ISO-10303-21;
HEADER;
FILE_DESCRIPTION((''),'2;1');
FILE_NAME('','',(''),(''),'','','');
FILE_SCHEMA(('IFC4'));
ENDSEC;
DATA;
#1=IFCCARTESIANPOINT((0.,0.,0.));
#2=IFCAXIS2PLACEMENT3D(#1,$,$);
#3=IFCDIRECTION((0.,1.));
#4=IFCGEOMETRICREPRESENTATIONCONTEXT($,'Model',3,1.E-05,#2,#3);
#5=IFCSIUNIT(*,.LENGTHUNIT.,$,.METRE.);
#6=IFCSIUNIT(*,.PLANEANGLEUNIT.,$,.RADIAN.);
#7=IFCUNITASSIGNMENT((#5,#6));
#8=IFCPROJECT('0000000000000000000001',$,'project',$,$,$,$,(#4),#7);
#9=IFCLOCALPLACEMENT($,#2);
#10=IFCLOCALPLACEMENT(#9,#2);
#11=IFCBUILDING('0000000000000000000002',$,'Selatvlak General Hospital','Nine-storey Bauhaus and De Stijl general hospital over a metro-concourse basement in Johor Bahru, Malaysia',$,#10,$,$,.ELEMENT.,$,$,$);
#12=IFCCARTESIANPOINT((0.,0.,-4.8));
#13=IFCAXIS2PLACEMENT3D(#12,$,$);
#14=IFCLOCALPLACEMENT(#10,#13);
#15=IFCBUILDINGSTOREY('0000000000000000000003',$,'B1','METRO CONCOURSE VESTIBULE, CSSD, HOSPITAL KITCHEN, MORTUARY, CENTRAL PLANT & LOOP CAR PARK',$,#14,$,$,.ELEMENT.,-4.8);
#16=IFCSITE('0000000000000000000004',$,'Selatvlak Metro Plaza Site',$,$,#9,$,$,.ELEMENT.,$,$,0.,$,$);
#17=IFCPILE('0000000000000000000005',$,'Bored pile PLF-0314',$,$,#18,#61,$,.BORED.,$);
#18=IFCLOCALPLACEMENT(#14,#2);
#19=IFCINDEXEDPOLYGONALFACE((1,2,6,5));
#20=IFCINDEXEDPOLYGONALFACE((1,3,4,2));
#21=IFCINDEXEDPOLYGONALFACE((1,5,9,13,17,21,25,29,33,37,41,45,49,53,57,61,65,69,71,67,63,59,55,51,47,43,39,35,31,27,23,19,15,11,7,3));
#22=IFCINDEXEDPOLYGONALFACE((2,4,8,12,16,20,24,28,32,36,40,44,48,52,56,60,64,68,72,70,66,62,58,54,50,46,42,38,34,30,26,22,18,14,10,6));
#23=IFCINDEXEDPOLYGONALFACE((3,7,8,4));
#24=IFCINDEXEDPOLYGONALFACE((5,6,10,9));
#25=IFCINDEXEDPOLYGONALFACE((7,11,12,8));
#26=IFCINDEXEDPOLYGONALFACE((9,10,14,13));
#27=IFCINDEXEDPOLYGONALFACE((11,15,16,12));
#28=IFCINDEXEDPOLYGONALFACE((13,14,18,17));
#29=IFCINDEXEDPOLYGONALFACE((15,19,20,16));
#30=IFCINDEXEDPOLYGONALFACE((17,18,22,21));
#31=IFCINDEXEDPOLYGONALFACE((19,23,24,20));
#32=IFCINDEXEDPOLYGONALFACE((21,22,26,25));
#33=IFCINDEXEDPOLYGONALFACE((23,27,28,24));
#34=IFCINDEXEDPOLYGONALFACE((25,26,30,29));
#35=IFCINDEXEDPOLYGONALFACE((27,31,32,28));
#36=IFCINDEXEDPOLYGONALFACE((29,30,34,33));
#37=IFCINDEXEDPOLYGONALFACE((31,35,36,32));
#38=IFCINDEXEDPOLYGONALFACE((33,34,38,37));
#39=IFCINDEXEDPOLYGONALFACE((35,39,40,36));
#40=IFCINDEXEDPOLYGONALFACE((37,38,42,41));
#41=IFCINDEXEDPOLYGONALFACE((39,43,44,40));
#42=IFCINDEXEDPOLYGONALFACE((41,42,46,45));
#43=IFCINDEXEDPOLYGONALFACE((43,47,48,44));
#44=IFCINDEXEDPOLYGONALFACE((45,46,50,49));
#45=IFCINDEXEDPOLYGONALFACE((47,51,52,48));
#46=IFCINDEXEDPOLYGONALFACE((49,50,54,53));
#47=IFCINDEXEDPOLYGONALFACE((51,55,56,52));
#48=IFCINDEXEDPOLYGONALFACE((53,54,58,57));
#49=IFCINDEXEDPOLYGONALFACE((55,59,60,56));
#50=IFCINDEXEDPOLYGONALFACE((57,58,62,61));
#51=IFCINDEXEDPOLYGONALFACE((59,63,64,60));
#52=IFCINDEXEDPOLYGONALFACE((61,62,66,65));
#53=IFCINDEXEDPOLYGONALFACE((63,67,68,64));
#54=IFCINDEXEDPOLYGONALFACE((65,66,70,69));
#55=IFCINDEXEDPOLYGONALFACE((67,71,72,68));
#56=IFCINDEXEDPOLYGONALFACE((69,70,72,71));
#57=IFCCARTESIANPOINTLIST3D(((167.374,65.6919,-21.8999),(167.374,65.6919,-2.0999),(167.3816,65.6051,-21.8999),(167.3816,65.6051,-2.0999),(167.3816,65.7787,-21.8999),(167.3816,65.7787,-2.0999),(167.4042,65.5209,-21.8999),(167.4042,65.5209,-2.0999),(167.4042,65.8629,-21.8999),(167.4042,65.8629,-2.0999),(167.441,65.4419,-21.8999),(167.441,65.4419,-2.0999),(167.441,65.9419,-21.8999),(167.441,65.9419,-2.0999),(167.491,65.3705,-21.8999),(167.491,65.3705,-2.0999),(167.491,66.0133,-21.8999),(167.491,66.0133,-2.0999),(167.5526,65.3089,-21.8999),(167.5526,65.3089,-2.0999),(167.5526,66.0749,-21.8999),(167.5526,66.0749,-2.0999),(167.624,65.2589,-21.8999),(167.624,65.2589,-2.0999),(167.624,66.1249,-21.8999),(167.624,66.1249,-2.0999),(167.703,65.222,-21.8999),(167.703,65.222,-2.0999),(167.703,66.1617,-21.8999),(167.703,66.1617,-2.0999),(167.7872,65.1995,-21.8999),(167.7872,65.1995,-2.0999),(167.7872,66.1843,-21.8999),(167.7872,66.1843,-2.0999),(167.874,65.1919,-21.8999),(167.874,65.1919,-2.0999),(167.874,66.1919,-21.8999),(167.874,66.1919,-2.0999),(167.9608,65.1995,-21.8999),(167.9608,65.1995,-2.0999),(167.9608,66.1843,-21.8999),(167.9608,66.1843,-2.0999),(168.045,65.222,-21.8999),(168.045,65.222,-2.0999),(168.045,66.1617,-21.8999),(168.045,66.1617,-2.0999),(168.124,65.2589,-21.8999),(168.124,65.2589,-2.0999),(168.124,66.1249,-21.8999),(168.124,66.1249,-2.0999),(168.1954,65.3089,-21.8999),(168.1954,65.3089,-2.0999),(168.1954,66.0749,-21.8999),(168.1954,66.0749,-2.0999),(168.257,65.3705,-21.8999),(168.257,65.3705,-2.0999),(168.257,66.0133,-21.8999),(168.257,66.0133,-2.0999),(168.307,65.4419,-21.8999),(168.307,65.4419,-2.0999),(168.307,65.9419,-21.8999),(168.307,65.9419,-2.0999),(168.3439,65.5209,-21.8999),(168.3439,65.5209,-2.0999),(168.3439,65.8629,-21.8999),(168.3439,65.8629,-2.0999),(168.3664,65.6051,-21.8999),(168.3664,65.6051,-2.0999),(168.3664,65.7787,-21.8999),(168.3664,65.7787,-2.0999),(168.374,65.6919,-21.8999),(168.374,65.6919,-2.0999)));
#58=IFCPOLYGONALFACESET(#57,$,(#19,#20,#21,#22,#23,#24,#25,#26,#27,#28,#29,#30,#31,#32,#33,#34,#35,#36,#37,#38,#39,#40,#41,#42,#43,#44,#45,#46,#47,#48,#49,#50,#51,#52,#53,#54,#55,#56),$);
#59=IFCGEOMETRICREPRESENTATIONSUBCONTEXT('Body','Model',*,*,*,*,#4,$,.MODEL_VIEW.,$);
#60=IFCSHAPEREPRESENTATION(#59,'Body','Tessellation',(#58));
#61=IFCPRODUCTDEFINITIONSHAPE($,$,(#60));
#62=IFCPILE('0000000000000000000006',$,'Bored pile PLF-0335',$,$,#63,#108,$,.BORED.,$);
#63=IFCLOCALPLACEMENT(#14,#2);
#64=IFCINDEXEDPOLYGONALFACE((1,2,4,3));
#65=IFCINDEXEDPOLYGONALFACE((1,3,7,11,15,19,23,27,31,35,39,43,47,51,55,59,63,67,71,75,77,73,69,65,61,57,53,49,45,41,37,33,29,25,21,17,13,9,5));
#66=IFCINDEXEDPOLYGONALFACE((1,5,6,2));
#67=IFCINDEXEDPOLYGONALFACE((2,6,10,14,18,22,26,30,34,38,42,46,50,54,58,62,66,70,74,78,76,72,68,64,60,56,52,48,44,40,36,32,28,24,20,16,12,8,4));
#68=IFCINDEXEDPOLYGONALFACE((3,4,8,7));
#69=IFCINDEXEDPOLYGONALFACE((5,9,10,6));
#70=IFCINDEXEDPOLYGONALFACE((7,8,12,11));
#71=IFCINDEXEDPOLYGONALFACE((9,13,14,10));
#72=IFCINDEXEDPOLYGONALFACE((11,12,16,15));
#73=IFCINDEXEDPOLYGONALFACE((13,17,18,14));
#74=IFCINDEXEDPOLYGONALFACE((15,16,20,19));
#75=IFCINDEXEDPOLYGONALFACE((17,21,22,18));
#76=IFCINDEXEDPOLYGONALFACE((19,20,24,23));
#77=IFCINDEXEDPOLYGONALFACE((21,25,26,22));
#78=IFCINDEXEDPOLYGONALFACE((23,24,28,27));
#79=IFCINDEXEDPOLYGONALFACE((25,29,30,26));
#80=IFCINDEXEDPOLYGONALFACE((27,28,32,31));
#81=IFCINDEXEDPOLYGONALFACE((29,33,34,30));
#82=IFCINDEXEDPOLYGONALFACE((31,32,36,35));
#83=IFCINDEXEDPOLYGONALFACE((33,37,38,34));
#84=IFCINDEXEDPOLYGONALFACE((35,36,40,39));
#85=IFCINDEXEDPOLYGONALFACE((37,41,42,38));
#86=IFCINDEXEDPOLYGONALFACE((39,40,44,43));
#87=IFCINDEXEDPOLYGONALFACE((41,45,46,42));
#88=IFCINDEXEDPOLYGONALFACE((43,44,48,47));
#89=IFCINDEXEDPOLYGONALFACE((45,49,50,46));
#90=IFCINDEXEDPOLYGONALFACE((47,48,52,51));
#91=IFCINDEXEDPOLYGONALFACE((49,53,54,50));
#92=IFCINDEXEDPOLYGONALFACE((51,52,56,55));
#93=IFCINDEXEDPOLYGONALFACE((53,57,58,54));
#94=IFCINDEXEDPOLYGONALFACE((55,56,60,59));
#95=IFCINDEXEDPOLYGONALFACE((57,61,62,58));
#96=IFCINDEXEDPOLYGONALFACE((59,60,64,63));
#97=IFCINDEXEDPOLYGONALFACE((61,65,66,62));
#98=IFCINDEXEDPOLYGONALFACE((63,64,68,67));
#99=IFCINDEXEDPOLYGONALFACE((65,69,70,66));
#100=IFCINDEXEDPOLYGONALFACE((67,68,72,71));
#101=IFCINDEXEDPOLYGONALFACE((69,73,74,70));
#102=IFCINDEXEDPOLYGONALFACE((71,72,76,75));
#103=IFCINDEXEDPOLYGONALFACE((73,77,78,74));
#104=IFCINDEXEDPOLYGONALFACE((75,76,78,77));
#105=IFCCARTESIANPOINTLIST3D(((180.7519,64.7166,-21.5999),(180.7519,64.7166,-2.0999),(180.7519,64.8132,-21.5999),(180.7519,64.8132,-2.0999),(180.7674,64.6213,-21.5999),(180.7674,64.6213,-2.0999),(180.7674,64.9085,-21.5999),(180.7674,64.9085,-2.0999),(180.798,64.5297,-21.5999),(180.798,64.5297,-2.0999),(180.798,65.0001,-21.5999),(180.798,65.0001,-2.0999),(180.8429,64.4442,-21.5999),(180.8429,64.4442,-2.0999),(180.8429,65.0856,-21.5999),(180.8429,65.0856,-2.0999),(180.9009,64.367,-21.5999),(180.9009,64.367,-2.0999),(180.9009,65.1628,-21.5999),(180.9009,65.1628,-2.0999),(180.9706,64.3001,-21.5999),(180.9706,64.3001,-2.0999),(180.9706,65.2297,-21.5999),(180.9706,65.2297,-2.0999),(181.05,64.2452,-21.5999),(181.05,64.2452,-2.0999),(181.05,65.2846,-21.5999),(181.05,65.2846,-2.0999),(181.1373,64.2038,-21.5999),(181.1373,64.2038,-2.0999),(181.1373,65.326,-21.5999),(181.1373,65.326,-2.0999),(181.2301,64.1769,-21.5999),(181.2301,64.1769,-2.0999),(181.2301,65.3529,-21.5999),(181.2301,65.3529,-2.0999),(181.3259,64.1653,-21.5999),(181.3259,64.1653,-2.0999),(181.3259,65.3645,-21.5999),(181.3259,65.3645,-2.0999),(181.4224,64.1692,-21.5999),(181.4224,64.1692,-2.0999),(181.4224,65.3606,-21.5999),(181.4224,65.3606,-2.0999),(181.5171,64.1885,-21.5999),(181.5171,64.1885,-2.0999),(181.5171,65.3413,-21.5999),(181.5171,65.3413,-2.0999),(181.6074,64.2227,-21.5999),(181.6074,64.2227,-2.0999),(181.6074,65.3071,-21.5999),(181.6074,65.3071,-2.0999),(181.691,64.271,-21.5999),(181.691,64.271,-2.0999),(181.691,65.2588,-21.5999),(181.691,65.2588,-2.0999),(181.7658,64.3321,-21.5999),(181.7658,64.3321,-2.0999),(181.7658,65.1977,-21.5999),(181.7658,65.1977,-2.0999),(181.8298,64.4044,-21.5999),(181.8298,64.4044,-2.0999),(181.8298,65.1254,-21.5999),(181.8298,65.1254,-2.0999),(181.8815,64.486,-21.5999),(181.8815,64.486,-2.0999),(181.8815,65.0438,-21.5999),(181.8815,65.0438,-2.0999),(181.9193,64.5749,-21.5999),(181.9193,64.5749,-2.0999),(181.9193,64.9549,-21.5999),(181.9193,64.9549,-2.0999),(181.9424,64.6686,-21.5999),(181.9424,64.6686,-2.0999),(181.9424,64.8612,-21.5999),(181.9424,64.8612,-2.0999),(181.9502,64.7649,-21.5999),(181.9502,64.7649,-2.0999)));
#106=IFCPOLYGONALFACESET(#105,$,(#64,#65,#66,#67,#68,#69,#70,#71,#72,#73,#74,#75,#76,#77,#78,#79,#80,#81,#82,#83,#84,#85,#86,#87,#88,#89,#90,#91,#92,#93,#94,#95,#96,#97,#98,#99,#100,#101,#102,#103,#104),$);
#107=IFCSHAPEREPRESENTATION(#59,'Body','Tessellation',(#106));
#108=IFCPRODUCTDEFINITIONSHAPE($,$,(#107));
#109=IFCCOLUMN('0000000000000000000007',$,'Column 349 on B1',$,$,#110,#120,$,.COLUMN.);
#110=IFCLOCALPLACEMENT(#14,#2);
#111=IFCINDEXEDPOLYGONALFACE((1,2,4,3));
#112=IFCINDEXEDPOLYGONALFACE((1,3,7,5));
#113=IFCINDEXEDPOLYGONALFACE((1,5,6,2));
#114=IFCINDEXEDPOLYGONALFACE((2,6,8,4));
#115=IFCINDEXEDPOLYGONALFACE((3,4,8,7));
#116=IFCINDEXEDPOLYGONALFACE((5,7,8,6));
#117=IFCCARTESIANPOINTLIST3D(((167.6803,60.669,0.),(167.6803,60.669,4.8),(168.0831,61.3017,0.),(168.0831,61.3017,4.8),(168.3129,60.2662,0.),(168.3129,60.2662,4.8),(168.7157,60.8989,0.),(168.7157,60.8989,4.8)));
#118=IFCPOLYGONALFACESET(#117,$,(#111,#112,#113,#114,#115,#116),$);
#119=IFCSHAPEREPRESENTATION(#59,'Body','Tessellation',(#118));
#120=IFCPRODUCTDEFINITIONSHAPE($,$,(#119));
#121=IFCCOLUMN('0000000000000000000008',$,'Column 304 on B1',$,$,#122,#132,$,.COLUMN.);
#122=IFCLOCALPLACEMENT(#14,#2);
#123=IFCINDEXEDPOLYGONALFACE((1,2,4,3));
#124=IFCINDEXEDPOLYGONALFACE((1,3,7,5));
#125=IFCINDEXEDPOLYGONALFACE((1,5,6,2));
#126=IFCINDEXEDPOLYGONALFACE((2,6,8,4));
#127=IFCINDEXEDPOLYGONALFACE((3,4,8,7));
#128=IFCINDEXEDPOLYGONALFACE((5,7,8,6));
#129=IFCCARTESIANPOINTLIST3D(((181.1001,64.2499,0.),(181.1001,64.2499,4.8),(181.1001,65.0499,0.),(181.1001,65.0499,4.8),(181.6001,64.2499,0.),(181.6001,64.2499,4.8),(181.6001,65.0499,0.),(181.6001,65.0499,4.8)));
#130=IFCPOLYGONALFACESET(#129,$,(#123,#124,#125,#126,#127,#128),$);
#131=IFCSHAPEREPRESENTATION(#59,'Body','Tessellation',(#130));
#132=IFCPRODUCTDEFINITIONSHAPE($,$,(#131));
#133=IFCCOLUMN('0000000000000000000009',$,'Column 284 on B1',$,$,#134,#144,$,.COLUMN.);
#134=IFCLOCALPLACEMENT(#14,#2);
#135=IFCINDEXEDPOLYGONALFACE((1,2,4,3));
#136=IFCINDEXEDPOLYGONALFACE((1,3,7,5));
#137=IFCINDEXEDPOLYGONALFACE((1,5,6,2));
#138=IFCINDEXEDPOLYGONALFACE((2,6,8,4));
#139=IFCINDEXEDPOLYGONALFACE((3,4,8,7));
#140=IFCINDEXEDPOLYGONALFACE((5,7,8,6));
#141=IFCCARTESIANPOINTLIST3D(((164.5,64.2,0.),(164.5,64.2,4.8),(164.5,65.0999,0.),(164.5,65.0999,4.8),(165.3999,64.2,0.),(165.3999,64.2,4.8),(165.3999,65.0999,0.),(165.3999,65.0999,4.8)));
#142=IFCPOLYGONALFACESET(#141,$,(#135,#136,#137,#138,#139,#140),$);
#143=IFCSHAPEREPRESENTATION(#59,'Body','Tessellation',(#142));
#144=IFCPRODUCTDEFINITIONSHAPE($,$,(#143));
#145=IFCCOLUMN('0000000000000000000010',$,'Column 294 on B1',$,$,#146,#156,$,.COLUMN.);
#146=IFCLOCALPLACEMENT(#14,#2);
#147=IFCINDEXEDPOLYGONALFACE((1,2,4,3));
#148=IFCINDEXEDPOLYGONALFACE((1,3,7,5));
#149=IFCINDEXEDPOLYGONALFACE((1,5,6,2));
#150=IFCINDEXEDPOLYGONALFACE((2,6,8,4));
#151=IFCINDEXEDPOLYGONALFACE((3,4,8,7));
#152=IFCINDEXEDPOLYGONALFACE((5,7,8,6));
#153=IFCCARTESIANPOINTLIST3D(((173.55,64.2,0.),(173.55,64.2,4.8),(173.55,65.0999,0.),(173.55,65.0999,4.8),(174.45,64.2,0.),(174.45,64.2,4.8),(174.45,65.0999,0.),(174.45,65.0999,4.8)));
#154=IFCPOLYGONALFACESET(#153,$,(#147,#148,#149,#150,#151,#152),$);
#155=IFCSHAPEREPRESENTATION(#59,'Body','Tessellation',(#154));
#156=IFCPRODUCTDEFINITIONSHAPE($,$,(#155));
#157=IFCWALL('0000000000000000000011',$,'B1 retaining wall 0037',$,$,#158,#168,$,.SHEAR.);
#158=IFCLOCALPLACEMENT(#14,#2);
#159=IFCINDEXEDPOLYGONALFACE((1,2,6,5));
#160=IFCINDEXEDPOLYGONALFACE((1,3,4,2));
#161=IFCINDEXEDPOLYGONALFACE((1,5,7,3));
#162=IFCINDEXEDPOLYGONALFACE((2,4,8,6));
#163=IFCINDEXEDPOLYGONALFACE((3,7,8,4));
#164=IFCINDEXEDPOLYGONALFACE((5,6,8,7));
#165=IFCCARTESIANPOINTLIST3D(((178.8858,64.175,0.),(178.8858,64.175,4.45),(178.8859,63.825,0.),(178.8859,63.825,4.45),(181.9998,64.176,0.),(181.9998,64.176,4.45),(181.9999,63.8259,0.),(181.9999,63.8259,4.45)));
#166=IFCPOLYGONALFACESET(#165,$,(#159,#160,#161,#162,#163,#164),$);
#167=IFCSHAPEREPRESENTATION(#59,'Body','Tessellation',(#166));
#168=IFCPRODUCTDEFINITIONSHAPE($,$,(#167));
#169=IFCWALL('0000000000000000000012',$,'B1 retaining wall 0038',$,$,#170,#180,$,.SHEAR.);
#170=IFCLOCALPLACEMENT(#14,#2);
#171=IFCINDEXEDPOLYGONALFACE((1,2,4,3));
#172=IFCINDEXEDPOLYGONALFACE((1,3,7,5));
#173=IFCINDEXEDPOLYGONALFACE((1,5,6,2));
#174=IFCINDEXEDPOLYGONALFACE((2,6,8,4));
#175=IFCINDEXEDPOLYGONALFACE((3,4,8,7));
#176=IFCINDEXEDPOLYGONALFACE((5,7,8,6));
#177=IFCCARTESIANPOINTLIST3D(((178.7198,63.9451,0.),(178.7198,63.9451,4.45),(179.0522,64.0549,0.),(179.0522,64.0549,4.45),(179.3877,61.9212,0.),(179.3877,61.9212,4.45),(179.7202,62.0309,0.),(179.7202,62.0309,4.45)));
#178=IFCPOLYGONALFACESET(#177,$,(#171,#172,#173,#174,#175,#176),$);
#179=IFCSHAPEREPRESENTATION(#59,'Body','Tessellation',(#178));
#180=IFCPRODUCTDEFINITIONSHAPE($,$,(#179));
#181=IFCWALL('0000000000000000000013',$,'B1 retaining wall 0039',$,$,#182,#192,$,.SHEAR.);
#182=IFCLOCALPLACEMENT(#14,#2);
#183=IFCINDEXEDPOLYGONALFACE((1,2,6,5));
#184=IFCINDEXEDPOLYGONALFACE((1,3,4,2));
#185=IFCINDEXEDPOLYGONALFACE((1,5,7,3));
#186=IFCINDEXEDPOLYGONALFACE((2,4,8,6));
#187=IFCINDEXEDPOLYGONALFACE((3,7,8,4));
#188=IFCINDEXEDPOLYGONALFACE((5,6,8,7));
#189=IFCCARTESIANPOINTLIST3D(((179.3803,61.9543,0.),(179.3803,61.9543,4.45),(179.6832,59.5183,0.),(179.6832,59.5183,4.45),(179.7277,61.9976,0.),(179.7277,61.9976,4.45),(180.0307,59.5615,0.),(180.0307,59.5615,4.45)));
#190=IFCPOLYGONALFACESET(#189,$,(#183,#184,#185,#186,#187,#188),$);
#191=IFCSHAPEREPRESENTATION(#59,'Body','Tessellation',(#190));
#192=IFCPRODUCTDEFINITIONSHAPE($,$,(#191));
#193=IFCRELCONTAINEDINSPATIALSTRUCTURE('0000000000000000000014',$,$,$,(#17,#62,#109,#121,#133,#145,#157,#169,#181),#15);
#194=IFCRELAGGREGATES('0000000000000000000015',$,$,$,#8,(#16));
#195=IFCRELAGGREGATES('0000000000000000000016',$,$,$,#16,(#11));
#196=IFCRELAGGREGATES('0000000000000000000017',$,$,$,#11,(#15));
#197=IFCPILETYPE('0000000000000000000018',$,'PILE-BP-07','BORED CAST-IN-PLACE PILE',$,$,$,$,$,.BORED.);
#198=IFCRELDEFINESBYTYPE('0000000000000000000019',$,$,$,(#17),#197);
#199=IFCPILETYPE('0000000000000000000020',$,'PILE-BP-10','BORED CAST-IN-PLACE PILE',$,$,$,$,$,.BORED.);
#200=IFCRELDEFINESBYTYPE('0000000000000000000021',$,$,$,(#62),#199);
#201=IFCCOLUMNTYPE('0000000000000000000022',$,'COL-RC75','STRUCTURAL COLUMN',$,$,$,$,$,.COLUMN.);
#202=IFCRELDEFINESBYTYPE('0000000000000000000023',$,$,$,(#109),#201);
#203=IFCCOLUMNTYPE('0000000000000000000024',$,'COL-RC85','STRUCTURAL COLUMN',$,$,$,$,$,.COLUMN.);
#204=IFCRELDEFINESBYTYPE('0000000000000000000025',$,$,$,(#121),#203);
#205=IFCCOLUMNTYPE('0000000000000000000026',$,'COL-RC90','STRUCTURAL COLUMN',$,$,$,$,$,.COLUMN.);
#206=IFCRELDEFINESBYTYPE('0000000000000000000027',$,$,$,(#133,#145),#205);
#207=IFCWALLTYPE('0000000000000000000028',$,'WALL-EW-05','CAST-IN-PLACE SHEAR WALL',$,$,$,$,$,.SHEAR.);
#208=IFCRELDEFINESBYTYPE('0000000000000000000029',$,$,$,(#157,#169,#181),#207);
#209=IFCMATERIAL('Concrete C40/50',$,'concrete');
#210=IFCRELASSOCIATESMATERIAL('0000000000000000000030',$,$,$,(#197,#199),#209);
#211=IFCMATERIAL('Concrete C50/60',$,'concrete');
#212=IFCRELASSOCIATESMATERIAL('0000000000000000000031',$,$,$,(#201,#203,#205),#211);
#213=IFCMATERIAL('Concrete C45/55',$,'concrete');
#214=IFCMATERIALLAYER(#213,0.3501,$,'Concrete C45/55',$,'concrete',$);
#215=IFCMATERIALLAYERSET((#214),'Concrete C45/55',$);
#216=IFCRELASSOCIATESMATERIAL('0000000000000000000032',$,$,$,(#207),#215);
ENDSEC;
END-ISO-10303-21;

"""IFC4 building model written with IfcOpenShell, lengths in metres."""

from ifc_helpers import new_model, si_unit, direction, frame, frame_2d, origin, origin_2d, place, context, subcontext, project, spatial, rectangle, circle, extrude, material, layer, layer_set, material_profile, profile_set, type_object, element, save


model = new_model("IFC4")

# Units and contexts
model_context = context("Model", 3, precision=1e-05, world=origin(), true_north=direction((0.0, 1.0)))
body_context = subcontext(model_context, "Body", "Model", "MODEL_VIEW")
ifc_project = project(units=[si_unit("LENGTHUNIT", "METRE"), si_unit("PLANEANGLEUNIT", "RADIAN")], contexts=[model_context])

# Site, building, storey
site_placement = place(None, origin())
site = spatial("IfcSite", under=ifc_project, at=site_placement, Name="Selatvlak Metro Plaza Site", CompositionType="ELEMENT", RefElevation=0.0)
building_placement = place(site_placement, origin())
building = spatial("IfcBuilding", under=site, at=building_placement, Name="Selatvlak General Hospital", Description="Nine-storey Bauhaus and De Stijl general hospital over a metro-concourse basement in Johor Bahru, Malaysia", CompositionType="ELEMENT")
storey_placement = place(building_placement, frame((0.0, 0.0, -4.8)))
storey = spatial("IfcBuildingStorey", under=building, at=storey_placement, Name="B1", Description="METRO CONCOURSE VESTIBULE, CSSD, HOSPITAL KITCHEN, MORTUARY, CENTRAL PLANT & LOOP CAR PARK", CompositionType="ELEMENT", Elevation=-4.8)

# Shared definitions
ifc_material_1 = material(Name="Concrete C40/50", Category="concrete")

# Piles
ifc_material_profile_1 = material_profile(ifc_material_1, circle(Radius=0.5, at=origin_2d()), Name="BORED PILE 1000")
ifc_profile_set_1 = profile_set([ifc_material_profile_1], Name="Concrete C40/50")
pile_type_1 = type_object("IfcPileType", Name="PILE-BP-07", Description="BORED CAST-IN-PLACE PILE", PredefinedType="BORED", material=ifc_profile_set_1)
for number, where, z_axis, x_axis, name in (
    (1, (167.874, 65.6919, -2.0999), (0.0, 0.0, -1.0), (1.0, 0.0, 0.0), "Bored pile PLF-0314"),
):
    element("IfcPile", number, at=place(storey_placement, frame(where, z_axis=z_axis, x_axis=x_axis)), inside=storey, type_object=pile_type_1, Name=name, PredefinedType="BORED", context=body_context, shape_type="SweptSolid", body=[
        extrude(circle(Radius=0.5, at=origin_2d()), origin(), (0.0, 0.0, 1.0), 19.8),
    ])
ifc_material_profile_2 = material_profile(ifc_material_1, circle(Radius=0.6001, at=origin_2d()), Name="BORED PILE 1200")
ifc_profile_set_2 = profile_set([ifc_material_profile_2], Name="Concrete C40/50")
pile_type_2 = type_object("IfcPileType", Name="PILE-BP-10", Description="BORED CAST-IN-PLACE PILE", PredefinedType="BORED", material=ifc_profile_set_2)
pile_placement = place(storey_placement, frame((181.3501, 64.7649, -2.0999), z_axis=(0.0, 0.0, -1.0), x_axis=(1.0, 0.0, 0.0)))
element("IfcPile", 2, at=pile_placement, inside=storey, type_object=pile_type_2, Name="Bored pile PLF-0335", PredefinedType="BORED", context=body_context, shape_type="SweptSolid", body=[
    extrude(circle(Radius=0.6001, at=origin_2d()), origin(), (0.0, 0.0, 1.0), 19.5),
])

# Columns
ifc_material_2 = material(Name="Concrete C50/60", Category="concrete")
ifc_material_profile_3 = material_profile(ifc_material_2, rectangle(XDim=0.75, YDim=0.75, at=origin_2d()), Name="RC-COL 750x750")
ifc_profile_set_3 = profile_set([ifc_material_profile_3], Name="Concrete C50/60")
column_type_1 = type_object("IfcColumnType", Name="COL-RC75", Description="STRUCTURAL COLUMN", PredefinedType="COLUMN", material=ifc_profile_set_3)
column_1_placement = place(storey_placement, frame((168.198, 60.7839, 0.0), z_axis=(0.0, 0.0, 1.0), x_axis=(0.537064, 0.843541, 0.0)))
element("IfcColumn", 3, at=column_1_placement, inside=storey, type_object=column_type_1, Name="Column 349 on B1", PredefinedType="COLUMN", context=body_context, shape_type="SweptSolid", body=[
    extrude(rectangle(XDim=0.75, YDim=0.75, at=origin_2d()), origin(), (0.0, 0.0, 1.0), 4.8),
])
ifc_material_profile_4 = material_profile(ifc_material_2, rectangle(XDim=0.5, YDim=0.8, at=origin_2d()), Name="RC-COL 800x500")
ifc_profile_set_4 = profile_set([ifc_material_profile_4], Name="Concrete C50/60")
column_type_2 = type_object("IfcColumnType", Name="COL-RC85", Description="STRUCTURAL COLUMN", PredefinedType="COLUMN", material=ifc_profile_set_4)
column_2_placement = place(storey_placement, frame((181.3501, 64.6499, 0.0), z_axis=(0.0, 0.0, 1.0), x_axis=(1.0, 0.0, 0.0)))
element("IfcColumn", 4, at=column_2_placement, inside=storey, type_object=column_type_2, Name="Column 304 on B1", PredefinedType="COLUMN", context=body_context, shape_type="SweptSolid", body=[
    extrude(rectangle(XDim=0.5, YDim=0.8, at=origin_2d()), origin(), (0.0, 0.0, 1.0), 4.8),
])
ifc_material_profile_5 = material_profile(ifc_material_2, rectangle(XDim=0.8999, YDim=0.8999, at=origin_2d()), Name="RC-COL 900x900")
ifc_profile_set_5 = profile_set([ifc_material_profile_5], Name="Concrete C50/60")
column_type_3 = type_object("IfcColumnType", Name="COL-RC90", Description="STRUCTURAL COLUMN", PredefinedType="COLUMN", material=ifc_profile_set_5)
for number, where, z_axis, x_axis, name in (
    (5, (164.95, 64.6499, 0.0), (0.0, 0.0, 1.0), (1.0, 0.0, 0.0), "Column 284 on B1"),
    (6, (174.0, 64.6499, 0.0), (0.0, 0.0, 1.0), (1.0, 0.0, 0.0), "Column 294 on B1"),
):
    element("IfcColumn", number, at=place(storey_placement, frame(where, z_axis=z_axis, x_axis=x_axis)), inside=storey, type_object=column_type_3, Name=name, PredefinedType="COLUMN", context=body_context, shape_type="SweptSolid", body=[
        extrude(rectangle(XDim=0.8999, YDim=0.8999, at=origin_2d()), origin(), (0.0, 0.0, 1.0), 4.8),
    ])

# Walls
ifc_material_3 = material(Name="Concrete C45/55", Category="concrete")
ifc_layer_1 = layer(ifc_material_3, 0.3501, Name="Concrete C45/55", Category="concrete")
ifc_layer_set_1 = layer_set([ifc_layer_1], Name="Concrete C45/55")
wall_type_1 = type_object("IfcWallType", Name="WALL-EW-05", Description="CAST-IN-PLACE SHEAR WALL", PredefinedType="SHEAR", material=ifc_layer_set_1)
wall_1_placement = place(storey_placement, frame((182.0, 64.001, 0.0), z_axis=(0.0, 0.0, 1.0), x_axis=(-1.0, -0.000314, 0.0)))
element("IfcWall", 7, at=wall_1_placement, inside=storey, type_object=wall_type_1, Name="B1 retaining wall 0037", PredefinedType="SHEAR", context=body_context, shape_type="SweptSolid", body=[
    extrude(rectangle(XDim=3.114, YDim=0.3501, at=frame_2d((1.5571, 0.0))), origin(), (0.0, 0.0, 1.0), 4.45),
])
wall_2_placement = place(storey_placement, frame((178.886, 64.0, 0.0), z_axis=(0.0, 0.0, 1.0), x_axis=(0.313408, -0.949618, 0.0)))
element("IfcWall", 8, at=wall_2_placement, inside=storey, type_object=wall_type_1, Name="B1 retaining wall 0038", PredefinedType="SHEAR", context=body_context, shape_type="SweptSolid", body=[
    extrude(rectangle(XDim=2.1313, YDim=0.3501, at=frame_2d((1.0657, 0.0))), origin(), (0.0, 0.0, 1.0), 4.45),
])
wall_3_placement = place(storey_placement, frame((179.554, 61.9761, 0.0), z_axis=(0.0, 0.0, 1.0), x_axis=(0.123423, -0.992354, 0.0)))
element("IfcWall", 9, at=wall_3_placement, inside=storey, type_object=wall_type_1, Name="B1 retaining wall 0039", PredefinedType="SHEAR", context=body_context, shape_type="SweptSolid", body=[
    extrude(rectangle(XDim=2.4548, YDim=0.3501, at=frame_2d((1.2275, 0.0))), origin(), (0.0, 0.0, 1.0), 4.45),
])

save(model, "model.ifc")
